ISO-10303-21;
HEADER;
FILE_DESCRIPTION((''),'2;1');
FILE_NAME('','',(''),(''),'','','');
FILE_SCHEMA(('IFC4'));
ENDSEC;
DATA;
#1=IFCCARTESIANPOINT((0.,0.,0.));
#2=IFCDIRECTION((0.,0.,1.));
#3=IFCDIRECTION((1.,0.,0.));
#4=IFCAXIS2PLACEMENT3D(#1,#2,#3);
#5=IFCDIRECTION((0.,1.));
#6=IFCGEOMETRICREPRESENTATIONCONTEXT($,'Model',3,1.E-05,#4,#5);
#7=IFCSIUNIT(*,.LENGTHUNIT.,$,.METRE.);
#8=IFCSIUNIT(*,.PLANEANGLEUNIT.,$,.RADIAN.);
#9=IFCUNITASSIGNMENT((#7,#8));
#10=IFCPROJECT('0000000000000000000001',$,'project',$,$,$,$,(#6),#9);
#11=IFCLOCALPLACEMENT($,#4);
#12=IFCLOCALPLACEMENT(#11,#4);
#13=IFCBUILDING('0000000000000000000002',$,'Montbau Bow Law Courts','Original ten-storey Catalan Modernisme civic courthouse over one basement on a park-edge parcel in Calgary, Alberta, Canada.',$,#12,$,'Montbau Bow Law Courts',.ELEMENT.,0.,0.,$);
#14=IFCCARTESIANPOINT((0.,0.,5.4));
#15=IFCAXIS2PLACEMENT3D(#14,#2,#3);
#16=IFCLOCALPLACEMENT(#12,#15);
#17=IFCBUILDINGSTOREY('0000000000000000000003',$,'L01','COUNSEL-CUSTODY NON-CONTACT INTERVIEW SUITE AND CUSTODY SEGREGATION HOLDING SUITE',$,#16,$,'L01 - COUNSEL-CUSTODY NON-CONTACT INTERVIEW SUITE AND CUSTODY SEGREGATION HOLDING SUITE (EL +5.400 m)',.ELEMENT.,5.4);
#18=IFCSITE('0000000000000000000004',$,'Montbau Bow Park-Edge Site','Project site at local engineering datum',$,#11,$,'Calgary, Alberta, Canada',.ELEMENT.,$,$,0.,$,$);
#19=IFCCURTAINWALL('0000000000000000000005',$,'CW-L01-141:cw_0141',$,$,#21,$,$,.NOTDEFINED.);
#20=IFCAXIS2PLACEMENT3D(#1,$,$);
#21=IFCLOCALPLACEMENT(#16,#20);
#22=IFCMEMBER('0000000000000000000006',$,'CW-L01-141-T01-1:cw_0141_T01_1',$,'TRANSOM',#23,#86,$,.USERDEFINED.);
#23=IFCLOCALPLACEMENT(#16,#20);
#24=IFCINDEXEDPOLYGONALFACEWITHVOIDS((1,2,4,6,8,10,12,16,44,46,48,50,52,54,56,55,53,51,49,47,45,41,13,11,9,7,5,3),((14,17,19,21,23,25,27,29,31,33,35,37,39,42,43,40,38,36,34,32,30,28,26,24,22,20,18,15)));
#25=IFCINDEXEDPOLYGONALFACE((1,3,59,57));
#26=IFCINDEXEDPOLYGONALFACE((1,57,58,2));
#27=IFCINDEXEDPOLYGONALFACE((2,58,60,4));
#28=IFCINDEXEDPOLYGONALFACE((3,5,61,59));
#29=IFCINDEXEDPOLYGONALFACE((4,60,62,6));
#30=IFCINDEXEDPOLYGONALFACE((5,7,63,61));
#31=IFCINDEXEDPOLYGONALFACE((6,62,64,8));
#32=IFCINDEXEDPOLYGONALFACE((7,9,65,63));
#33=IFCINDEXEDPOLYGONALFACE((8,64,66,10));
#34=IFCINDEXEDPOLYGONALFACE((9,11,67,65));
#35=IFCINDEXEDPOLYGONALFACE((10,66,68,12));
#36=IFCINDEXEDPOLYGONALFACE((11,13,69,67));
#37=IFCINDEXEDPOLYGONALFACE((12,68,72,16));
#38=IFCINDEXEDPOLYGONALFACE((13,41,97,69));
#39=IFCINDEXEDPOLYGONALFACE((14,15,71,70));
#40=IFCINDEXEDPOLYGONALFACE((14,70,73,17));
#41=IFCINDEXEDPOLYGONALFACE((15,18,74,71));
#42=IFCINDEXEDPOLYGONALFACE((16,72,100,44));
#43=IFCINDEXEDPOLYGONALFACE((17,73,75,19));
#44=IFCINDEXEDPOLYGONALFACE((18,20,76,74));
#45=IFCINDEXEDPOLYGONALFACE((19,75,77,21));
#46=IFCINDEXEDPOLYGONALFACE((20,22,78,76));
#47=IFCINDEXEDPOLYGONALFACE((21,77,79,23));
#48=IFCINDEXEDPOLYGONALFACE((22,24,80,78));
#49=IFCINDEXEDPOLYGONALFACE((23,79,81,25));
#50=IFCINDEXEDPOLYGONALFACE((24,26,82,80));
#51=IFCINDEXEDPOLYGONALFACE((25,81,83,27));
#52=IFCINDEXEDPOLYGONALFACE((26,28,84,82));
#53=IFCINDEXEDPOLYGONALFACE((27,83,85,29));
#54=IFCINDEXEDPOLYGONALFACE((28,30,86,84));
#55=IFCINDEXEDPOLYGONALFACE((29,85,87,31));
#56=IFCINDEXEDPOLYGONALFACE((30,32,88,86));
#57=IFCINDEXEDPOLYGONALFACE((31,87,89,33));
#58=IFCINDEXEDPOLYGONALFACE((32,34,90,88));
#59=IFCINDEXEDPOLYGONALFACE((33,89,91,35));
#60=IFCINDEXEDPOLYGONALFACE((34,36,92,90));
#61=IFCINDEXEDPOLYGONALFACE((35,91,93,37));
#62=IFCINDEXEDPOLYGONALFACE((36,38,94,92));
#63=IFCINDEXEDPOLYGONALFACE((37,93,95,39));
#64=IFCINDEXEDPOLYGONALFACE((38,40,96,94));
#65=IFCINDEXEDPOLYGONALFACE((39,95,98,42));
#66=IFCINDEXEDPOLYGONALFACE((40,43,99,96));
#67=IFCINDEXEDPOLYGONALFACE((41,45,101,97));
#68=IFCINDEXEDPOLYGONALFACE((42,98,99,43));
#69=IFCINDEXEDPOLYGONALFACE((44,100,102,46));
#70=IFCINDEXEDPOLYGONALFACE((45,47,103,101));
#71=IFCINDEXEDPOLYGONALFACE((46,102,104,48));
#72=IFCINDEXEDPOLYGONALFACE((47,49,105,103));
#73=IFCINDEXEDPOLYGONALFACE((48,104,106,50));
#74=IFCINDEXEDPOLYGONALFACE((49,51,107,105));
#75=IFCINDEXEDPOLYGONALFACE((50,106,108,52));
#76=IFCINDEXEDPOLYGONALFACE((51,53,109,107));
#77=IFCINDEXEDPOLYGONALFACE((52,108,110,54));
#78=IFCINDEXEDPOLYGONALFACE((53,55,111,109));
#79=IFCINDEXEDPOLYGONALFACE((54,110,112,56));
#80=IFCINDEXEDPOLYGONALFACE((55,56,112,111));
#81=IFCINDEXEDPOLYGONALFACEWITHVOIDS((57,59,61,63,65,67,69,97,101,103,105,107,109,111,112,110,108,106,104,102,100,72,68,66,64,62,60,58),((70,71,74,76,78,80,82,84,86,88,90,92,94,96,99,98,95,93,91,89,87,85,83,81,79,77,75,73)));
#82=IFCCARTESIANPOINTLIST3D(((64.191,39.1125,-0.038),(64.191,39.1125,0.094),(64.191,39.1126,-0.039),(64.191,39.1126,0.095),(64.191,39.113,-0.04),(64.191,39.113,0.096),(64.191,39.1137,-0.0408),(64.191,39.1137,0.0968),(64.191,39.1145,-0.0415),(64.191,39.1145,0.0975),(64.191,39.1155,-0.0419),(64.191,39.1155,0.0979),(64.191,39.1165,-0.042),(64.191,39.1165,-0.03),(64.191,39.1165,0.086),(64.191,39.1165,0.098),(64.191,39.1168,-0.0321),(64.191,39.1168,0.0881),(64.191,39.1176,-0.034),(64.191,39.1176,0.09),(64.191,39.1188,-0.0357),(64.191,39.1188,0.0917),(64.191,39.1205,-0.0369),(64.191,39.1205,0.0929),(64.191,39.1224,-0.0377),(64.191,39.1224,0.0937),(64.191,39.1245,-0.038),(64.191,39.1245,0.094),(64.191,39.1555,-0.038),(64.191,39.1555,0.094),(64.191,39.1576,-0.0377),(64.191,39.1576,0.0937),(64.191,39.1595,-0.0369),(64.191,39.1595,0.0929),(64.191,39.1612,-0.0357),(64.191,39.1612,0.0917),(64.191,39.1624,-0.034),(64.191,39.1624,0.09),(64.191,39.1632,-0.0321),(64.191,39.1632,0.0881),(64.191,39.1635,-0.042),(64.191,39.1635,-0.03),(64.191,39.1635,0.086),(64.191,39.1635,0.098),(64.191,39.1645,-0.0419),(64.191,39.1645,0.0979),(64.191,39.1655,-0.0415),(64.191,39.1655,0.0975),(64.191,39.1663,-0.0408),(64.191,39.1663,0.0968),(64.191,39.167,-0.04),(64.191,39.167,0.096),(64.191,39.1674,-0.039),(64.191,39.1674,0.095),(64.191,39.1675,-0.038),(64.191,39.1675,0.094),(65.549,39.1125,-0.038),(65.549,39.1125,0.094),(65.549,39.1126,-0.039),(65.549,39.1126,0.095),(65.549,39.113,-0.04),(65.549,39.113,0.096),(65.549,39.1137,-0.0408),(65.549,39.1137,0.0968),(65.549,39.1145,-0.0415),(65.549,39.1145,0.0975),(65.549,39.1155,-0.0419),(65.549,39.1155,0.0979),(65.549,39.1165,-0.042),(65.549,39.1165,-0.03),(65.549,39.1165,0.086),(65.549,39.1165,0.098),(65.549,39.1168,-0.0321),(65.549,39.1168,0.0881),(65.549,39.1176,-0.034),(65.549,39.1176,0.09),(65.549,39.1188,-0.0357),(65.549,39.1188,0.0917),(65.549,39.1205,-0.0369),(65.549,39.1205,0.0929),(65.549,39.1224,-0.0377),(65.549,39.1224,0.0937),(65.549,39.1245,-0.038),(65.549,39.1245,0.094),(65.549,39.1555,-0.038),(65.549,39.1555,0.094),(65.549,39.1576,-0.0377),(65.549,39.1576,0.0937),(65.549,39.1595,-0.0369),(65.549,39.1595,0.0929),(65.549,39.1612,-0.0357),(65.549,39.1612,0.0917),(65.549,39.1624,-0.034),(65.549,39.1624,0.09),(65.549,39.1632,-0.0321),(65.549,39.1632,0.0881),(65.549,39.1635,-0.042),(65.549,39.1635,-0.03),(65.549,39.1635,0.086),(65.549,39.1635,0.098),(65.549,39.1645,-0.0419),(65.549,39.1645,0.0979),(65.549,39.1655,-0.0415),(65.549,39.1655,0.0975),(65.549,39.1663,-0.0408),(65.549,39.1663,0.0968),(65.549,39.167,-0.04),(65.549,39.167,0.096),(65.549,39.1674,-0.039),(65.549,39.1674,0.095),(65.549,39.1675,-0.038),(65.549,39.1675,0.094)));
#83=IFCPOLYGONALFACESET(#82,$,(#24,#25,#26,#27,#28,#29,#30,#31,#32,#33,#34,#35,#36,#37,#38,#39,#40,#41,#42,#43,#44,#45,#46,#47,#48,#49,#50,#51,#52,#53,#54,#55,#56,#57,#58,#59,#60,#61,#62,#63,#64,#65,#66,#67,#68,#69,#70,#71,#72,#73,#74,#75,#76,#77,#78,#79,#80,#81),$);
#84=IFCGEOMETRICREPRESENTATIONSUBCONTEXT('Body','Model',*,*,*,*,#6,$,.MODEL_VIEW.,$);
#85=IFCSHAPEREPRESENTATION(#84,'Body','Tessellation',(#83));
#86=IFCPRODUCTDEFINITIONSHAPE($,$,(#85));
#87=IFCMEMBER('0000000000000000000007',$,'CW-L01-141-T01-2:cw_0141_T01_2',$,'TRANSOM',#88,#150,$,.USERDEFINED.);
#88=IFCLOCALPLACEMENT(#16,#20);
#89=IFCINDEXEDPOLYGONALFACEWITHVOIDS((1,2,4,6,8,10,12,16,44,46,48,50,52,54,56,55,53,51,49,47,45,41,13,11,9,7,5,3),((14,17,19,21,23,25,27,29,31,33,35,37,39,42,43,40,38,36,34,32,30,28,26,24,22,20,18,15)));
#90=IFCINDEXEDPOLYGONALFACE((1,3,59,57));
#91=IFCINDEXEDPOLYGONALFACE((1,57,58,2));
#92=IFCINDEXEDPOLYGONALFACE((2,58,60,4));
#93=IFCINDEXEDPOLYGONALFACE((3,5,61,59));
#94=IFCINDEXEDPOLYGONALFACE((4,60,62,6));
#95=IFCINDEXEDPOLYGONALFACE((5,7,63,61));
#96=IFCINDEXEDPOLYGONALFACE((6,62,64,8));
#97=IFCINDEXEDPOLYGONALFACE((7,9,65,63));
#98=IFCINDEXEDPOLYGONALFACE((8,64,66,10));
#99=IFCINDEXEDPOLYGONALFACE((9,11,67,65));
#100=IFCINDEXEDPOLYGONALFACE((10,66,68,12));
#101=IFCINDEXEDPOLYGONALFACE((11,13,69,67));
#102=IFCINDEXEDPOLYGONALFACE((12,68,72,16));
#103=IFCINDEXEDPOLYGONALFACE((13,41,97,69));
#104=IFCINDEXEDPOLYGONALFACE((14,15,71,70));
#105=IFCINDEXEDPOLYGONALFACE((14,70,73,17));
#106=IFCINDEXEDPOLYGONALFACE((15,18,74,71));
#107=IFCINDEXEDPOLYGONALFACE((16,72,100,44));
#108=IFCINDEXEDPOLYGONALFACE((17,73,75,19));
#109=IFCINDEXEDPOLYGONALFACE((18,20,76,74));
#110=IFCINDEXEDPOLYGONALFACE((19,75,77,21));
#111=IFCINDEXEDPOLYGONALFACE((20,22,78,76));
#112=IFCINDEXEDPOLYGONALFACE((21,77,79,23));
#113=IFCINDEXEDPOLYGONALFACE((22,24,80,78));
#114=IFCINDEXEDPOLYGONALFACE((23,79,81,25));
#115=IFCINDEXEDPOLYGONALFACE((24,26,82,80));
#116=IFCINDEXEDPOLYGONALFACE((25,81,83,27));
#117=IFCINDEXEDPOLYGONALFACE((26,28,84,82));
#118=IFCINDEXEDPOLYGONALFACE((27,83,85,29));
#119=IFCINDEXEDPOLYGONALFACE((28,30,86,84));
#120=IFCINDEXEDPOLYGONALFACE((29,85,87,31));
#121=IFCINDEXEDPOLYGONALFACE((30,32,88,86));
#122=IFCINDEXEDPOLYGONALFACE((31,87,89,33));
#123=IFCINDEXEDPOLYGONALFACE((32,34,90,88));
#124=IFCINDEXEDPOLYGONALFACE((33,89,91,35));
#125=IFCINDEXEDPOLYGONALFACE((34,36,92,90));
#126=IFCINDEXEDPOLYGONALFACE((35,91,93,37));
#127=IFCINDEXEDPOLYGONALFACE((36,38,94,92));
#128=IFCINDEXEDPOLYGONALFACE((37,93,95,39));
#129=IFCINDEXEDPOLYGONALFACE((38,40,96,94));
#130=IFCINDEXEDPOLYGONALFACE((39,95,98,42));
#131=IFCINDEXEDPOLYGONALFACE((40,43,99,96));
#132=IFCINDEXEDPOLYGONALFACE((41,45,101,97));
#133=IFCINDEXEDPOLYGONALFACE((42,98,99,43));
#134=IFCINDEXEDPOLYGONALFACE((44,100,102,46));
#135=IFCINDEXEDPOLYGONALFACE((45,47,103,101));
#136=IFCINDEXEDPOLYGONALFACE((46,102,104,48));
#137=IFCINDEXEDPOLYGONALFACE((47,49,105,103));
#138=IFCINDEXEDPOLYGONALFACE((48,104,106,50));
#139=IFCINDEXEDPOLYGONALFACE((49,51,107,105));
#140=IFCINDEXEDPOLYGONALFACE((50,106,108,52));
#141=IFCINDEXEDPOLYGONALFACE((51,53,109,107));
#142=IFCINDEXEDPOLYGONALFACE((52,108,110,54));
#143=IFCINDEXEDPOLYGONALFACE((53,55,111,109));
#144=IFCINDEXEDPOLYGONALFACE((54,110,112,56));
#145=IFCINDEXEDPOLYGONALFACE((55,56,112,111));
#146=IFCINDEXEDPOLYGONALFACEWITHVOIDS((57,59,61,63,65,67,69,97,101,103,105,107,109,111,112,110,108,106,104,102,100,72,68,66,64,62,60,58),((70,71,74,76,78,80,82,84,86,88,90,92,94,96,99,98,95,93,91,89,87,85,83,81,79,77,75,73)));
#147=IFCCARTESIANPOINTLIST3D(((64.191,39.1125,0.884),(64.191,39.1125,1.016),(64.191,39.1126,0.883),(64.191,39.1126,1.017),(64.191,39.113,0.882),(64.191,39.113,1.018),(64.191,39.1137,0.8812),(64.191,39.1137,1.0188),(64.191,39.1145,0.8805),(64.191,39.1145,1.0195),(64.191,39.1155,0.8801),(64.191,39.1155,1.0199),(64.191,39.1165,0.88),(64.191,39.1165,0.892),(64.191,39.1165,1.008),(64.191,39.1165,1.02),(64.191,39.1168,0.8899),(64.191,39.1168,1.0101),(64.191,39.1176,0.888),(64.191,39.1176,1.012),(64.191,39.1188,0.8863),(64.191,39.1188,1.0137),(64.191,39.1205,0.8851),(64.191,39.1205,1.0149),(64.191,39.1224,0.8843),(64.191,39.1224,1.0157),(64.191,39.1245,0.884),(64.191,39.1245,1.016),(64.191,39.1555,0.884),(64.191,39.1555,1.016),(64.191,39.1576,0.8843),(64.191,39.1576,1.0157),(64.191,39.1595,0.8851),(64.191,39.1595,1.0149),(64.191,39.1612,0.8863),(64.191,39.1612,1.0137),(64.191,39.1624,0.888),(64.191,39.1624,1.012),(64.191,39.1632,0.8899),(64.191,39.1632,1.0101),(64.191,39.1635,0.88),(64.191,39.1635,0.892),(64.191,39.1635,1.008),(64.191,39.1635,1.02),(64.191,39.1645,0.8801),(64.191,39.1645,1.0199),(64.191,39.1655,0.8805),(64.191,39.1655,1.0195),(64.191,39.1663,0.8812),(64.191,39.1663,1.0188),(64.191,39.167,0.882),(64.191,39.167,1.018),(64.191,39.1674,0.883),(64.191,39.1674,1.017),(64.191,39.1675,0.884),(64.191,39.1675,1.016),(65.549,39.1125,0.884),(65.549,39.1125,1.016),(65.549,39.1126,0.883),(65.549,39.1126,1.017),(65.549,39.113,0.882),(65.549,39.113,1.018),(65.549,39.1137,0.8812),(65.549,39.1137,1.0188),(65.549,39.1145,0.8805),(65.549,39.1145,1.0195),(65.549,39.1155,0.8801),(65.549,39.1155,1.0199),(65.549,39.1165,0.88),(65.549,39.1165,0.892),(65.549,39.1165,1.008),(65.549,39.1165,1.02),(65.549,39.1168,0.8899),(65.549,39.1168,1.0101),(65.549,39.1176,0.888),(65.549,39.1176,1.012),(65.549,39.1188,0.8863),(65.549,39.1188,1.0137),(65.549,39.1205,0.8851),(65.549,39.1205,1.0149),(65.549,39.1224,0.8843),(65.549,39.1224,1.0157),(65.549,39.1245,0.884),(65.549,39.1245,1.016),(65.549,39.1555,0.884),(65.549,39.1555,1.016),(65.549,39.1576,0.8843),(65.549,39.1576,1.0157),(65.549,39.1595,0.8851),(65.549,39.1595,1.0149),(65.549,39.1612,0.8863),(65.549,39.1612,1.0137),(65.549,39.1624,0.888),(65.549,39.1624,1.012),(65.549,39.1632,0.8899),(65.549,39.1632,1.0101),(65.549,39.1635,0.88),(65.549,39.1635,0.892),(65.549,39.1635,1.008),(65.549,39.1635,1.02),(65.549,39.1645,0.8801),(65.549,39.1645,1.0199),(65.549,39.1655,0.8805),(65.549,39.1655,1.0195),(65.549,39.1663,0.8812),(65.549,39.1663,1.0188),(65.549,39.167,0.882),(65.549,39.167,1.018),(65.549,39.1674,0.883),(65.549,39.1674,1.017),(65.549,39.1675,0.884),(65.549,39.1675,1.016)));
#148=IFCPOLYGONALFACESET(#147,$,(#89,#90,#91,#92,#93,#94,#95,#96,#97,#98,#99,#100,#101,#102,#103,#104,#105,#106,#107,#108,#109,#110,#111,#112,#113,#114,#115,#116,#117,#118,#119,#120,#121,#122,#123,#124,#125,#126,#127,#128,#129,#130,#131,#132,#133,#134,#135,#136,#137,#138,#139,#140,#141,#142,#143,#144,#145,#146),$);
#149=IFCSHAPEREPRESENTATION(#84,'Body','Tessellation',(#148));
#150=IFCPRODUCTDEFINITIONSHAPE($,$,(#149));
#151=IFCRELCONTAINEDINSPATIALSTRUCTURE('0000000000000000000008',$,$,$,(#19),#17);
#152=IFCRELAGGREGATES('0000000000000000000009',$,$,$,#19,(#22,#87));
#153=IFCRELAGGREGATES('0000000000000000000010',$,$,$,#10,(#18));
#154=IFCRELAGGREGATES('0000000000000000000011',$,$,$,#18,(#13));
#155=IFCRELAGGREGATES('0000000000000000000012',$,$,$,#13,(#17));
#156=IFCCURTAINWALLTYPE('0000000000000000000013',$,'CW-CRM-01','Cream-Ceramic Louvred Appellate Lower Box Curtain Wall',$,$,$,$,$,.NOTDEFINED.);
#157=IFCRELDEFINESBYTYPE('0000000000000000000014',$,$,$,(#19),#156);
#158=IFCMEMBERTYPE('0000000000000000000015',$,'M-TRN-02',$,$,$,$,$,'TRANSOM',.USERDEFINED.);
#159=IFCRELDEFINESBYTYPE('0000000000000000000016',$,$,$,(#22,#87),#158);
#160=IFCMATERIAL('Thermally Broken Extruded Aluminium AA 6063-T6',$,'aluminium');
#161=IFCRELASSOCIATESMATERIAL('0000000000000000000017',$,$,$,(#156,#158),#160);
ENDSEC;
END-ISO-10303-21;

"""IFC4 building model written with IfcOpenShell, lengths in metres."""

from ifc_helpers import new_model, si_unit, direction, frame, origin_with_axes, origin_2d_with_axis, place, context, subcontext, project, spatial, hollow_rectangle, extrude, material, material_profile, profile_set, type_object, element, aggregate, save


model = new_model("IFC4")

# Units and contexts
model_context = context("Model", 3, precision=1e-05, world=origin_with_axes(), true_north=direction((0.0, 1.0)))
body_context = subcontext(model_context, "Body", "Model", "MODEL_VIEW")
ifc_project = project(units=[si_unit("LENGTHUNIT", "METRE"), si_unit("PLANEANGLEUNIT", "RADIAN")], contexts=[model_context])

# Site, building, storey
site_placement = place(None, origin_with_axes())
site = spatial("IfcSite", under=ifc_project, at=site_placement, Name="Montbau Bow Park-Edge Site", Description="Project site at local engineering datum", LongName="Calgary, Alberta, Canada", CompositionType="ELEMENT", RefElevation=0.0)
building_placement = place(site_placement, origin_with_axes())
building = spatial("IfcBuilding", under=site, at=building_placement, Name="Montbau Bow Law Courts", Description="Original ten-storey Catalan Modernisme civic courthouse over one basement on a park-edge parcel in Calgary, Alberta, Canada.", LongName="Montbau Bow Law Courts", CompositionType="ELEMENT", ElevationOfRefHeight=0.0, ElevationOfTerrain=0.0)
storey_placement = place(building_placement, frame((0.0, 0.0, 5.4), z_axis=(0.0, 0.0, 1.0), x_axis=(1.0, 0.0, 0.0)))
storey = spatial("IfcBuildingStorey", under=building, at=storey_placement, Name="L01", Description="COUNSEL-CUSTODY NON-CONTACT INTERVIEW SUITE AND CUSTODY SEGREGATION HOLDING SUITE", LongName="L01 - COUNSEL-CUSTODY NON-CONTACT INTERVIEW SUITE AND CUSTODY SEGREGATION HOLDING SUITE (EL +5.400 m)", CompositionType="ELEMENT", Elevation=5.4)

# Curtain wall, members
ifc_material_1 = material(Name="Thermally Broken Extruded Aluminium AA 6063-T6", Category="aluminium")
curtain_wall_type = type_object("IfcCurtainWallType", Name="CW-CRM-01", Description="Cream-Ceramic Louvred Appellate Lower Box Curtain Wall", PredefinedType="NOTDEFINED", material=ifc_material_1)
curtain_wall_placement = place(None, frame((64.115, 39.14, 5.4), z_axis=(0.0, 0.0, 1.0), x_axis=(1.0, 0.0, 0.0)))
curtain_wall = element("IfcCurtainWall", 1, at=curtain_wall_placement, inside=storey, type_object=curtain_wall_type, Name="CW-L01-141:cw_0141", PredefinedType="NOTDEFINED")
ifc_material_profile_1 = material_profile(ifc_material_1, hollow_rectangle(XDim=0.055, YDim=0.14, WallThickness=0.004, InnerFilletRadius=0.008, OuterFilletRadius=0.004, at=origin_2d_with_axis()), Name="CWT-140X55", Category="Main", Priority=0)
ifc_profile_set_1 = profile_set([ifc_material_profile_1], Name="Thermally Broken Extruded Aluminium AA 6063-T6")
member_type_1 = type_object("IfcMemberType", Name="M-TRN-02", ElementType="TRANSOM", PredefinedType="USERDEFINED", material=ifc_profile_set_1)
member_1_placement = place(None, frame((64.191, 39.14, 5.428), z_axis=(1.0, 0.0, 0.0), x_axis=(0.0, 1.0, 0.0)))
member_1 = element("IfcMember", 2, at=member_1_placement, type_object=member_type_1, Name="CW-L01-141-T01-1:cw_0141_T01_1", ObjectType="TRANSOM", PredefinedType="USERDEFINED", context=body_context, shape_type="SweptSolid", body=[
    extrude(hollow_rectangle(XDim=0.055, YDim=0.14, WallThickness=0.004, InnerFilletRadius=0.008, OuterFilletRadius=0.004, at=origin_2d_with_axis()), origin_with_axes(), (0.0, 0.0, 1.0), 1.358),
])
member_2_placement = place(None, frame((64.191, 39.14, 6.35), z_axis=(1.0, 0.0, 0.0), x_axis=(0.0, 1.0, 0.0)))
member_2 = element("IfcMember", 3, at=member_2_placement, type_object=member_type_1, Name="CW-L01-141-T01-2:cw_0141_T01_2", ObjectType="TRANSOM", PredefinedType="USERDEFINED", context=body_context, shape_type="SweptSolid", body=[
    extrude(hollow_rectangle(XDim=0.055, YDim=0.14, WallThickness=0.004, InnerFilletRadius=0.008, OuterFilletRadius=0.004, at=origin_2d_with_axis()), origin_with_axes(), (0.0, 0.0, 1.0), 1.358),
])
aggregate(curtain_wall, [member_1, member_2])

save(model, "model.ifc")
